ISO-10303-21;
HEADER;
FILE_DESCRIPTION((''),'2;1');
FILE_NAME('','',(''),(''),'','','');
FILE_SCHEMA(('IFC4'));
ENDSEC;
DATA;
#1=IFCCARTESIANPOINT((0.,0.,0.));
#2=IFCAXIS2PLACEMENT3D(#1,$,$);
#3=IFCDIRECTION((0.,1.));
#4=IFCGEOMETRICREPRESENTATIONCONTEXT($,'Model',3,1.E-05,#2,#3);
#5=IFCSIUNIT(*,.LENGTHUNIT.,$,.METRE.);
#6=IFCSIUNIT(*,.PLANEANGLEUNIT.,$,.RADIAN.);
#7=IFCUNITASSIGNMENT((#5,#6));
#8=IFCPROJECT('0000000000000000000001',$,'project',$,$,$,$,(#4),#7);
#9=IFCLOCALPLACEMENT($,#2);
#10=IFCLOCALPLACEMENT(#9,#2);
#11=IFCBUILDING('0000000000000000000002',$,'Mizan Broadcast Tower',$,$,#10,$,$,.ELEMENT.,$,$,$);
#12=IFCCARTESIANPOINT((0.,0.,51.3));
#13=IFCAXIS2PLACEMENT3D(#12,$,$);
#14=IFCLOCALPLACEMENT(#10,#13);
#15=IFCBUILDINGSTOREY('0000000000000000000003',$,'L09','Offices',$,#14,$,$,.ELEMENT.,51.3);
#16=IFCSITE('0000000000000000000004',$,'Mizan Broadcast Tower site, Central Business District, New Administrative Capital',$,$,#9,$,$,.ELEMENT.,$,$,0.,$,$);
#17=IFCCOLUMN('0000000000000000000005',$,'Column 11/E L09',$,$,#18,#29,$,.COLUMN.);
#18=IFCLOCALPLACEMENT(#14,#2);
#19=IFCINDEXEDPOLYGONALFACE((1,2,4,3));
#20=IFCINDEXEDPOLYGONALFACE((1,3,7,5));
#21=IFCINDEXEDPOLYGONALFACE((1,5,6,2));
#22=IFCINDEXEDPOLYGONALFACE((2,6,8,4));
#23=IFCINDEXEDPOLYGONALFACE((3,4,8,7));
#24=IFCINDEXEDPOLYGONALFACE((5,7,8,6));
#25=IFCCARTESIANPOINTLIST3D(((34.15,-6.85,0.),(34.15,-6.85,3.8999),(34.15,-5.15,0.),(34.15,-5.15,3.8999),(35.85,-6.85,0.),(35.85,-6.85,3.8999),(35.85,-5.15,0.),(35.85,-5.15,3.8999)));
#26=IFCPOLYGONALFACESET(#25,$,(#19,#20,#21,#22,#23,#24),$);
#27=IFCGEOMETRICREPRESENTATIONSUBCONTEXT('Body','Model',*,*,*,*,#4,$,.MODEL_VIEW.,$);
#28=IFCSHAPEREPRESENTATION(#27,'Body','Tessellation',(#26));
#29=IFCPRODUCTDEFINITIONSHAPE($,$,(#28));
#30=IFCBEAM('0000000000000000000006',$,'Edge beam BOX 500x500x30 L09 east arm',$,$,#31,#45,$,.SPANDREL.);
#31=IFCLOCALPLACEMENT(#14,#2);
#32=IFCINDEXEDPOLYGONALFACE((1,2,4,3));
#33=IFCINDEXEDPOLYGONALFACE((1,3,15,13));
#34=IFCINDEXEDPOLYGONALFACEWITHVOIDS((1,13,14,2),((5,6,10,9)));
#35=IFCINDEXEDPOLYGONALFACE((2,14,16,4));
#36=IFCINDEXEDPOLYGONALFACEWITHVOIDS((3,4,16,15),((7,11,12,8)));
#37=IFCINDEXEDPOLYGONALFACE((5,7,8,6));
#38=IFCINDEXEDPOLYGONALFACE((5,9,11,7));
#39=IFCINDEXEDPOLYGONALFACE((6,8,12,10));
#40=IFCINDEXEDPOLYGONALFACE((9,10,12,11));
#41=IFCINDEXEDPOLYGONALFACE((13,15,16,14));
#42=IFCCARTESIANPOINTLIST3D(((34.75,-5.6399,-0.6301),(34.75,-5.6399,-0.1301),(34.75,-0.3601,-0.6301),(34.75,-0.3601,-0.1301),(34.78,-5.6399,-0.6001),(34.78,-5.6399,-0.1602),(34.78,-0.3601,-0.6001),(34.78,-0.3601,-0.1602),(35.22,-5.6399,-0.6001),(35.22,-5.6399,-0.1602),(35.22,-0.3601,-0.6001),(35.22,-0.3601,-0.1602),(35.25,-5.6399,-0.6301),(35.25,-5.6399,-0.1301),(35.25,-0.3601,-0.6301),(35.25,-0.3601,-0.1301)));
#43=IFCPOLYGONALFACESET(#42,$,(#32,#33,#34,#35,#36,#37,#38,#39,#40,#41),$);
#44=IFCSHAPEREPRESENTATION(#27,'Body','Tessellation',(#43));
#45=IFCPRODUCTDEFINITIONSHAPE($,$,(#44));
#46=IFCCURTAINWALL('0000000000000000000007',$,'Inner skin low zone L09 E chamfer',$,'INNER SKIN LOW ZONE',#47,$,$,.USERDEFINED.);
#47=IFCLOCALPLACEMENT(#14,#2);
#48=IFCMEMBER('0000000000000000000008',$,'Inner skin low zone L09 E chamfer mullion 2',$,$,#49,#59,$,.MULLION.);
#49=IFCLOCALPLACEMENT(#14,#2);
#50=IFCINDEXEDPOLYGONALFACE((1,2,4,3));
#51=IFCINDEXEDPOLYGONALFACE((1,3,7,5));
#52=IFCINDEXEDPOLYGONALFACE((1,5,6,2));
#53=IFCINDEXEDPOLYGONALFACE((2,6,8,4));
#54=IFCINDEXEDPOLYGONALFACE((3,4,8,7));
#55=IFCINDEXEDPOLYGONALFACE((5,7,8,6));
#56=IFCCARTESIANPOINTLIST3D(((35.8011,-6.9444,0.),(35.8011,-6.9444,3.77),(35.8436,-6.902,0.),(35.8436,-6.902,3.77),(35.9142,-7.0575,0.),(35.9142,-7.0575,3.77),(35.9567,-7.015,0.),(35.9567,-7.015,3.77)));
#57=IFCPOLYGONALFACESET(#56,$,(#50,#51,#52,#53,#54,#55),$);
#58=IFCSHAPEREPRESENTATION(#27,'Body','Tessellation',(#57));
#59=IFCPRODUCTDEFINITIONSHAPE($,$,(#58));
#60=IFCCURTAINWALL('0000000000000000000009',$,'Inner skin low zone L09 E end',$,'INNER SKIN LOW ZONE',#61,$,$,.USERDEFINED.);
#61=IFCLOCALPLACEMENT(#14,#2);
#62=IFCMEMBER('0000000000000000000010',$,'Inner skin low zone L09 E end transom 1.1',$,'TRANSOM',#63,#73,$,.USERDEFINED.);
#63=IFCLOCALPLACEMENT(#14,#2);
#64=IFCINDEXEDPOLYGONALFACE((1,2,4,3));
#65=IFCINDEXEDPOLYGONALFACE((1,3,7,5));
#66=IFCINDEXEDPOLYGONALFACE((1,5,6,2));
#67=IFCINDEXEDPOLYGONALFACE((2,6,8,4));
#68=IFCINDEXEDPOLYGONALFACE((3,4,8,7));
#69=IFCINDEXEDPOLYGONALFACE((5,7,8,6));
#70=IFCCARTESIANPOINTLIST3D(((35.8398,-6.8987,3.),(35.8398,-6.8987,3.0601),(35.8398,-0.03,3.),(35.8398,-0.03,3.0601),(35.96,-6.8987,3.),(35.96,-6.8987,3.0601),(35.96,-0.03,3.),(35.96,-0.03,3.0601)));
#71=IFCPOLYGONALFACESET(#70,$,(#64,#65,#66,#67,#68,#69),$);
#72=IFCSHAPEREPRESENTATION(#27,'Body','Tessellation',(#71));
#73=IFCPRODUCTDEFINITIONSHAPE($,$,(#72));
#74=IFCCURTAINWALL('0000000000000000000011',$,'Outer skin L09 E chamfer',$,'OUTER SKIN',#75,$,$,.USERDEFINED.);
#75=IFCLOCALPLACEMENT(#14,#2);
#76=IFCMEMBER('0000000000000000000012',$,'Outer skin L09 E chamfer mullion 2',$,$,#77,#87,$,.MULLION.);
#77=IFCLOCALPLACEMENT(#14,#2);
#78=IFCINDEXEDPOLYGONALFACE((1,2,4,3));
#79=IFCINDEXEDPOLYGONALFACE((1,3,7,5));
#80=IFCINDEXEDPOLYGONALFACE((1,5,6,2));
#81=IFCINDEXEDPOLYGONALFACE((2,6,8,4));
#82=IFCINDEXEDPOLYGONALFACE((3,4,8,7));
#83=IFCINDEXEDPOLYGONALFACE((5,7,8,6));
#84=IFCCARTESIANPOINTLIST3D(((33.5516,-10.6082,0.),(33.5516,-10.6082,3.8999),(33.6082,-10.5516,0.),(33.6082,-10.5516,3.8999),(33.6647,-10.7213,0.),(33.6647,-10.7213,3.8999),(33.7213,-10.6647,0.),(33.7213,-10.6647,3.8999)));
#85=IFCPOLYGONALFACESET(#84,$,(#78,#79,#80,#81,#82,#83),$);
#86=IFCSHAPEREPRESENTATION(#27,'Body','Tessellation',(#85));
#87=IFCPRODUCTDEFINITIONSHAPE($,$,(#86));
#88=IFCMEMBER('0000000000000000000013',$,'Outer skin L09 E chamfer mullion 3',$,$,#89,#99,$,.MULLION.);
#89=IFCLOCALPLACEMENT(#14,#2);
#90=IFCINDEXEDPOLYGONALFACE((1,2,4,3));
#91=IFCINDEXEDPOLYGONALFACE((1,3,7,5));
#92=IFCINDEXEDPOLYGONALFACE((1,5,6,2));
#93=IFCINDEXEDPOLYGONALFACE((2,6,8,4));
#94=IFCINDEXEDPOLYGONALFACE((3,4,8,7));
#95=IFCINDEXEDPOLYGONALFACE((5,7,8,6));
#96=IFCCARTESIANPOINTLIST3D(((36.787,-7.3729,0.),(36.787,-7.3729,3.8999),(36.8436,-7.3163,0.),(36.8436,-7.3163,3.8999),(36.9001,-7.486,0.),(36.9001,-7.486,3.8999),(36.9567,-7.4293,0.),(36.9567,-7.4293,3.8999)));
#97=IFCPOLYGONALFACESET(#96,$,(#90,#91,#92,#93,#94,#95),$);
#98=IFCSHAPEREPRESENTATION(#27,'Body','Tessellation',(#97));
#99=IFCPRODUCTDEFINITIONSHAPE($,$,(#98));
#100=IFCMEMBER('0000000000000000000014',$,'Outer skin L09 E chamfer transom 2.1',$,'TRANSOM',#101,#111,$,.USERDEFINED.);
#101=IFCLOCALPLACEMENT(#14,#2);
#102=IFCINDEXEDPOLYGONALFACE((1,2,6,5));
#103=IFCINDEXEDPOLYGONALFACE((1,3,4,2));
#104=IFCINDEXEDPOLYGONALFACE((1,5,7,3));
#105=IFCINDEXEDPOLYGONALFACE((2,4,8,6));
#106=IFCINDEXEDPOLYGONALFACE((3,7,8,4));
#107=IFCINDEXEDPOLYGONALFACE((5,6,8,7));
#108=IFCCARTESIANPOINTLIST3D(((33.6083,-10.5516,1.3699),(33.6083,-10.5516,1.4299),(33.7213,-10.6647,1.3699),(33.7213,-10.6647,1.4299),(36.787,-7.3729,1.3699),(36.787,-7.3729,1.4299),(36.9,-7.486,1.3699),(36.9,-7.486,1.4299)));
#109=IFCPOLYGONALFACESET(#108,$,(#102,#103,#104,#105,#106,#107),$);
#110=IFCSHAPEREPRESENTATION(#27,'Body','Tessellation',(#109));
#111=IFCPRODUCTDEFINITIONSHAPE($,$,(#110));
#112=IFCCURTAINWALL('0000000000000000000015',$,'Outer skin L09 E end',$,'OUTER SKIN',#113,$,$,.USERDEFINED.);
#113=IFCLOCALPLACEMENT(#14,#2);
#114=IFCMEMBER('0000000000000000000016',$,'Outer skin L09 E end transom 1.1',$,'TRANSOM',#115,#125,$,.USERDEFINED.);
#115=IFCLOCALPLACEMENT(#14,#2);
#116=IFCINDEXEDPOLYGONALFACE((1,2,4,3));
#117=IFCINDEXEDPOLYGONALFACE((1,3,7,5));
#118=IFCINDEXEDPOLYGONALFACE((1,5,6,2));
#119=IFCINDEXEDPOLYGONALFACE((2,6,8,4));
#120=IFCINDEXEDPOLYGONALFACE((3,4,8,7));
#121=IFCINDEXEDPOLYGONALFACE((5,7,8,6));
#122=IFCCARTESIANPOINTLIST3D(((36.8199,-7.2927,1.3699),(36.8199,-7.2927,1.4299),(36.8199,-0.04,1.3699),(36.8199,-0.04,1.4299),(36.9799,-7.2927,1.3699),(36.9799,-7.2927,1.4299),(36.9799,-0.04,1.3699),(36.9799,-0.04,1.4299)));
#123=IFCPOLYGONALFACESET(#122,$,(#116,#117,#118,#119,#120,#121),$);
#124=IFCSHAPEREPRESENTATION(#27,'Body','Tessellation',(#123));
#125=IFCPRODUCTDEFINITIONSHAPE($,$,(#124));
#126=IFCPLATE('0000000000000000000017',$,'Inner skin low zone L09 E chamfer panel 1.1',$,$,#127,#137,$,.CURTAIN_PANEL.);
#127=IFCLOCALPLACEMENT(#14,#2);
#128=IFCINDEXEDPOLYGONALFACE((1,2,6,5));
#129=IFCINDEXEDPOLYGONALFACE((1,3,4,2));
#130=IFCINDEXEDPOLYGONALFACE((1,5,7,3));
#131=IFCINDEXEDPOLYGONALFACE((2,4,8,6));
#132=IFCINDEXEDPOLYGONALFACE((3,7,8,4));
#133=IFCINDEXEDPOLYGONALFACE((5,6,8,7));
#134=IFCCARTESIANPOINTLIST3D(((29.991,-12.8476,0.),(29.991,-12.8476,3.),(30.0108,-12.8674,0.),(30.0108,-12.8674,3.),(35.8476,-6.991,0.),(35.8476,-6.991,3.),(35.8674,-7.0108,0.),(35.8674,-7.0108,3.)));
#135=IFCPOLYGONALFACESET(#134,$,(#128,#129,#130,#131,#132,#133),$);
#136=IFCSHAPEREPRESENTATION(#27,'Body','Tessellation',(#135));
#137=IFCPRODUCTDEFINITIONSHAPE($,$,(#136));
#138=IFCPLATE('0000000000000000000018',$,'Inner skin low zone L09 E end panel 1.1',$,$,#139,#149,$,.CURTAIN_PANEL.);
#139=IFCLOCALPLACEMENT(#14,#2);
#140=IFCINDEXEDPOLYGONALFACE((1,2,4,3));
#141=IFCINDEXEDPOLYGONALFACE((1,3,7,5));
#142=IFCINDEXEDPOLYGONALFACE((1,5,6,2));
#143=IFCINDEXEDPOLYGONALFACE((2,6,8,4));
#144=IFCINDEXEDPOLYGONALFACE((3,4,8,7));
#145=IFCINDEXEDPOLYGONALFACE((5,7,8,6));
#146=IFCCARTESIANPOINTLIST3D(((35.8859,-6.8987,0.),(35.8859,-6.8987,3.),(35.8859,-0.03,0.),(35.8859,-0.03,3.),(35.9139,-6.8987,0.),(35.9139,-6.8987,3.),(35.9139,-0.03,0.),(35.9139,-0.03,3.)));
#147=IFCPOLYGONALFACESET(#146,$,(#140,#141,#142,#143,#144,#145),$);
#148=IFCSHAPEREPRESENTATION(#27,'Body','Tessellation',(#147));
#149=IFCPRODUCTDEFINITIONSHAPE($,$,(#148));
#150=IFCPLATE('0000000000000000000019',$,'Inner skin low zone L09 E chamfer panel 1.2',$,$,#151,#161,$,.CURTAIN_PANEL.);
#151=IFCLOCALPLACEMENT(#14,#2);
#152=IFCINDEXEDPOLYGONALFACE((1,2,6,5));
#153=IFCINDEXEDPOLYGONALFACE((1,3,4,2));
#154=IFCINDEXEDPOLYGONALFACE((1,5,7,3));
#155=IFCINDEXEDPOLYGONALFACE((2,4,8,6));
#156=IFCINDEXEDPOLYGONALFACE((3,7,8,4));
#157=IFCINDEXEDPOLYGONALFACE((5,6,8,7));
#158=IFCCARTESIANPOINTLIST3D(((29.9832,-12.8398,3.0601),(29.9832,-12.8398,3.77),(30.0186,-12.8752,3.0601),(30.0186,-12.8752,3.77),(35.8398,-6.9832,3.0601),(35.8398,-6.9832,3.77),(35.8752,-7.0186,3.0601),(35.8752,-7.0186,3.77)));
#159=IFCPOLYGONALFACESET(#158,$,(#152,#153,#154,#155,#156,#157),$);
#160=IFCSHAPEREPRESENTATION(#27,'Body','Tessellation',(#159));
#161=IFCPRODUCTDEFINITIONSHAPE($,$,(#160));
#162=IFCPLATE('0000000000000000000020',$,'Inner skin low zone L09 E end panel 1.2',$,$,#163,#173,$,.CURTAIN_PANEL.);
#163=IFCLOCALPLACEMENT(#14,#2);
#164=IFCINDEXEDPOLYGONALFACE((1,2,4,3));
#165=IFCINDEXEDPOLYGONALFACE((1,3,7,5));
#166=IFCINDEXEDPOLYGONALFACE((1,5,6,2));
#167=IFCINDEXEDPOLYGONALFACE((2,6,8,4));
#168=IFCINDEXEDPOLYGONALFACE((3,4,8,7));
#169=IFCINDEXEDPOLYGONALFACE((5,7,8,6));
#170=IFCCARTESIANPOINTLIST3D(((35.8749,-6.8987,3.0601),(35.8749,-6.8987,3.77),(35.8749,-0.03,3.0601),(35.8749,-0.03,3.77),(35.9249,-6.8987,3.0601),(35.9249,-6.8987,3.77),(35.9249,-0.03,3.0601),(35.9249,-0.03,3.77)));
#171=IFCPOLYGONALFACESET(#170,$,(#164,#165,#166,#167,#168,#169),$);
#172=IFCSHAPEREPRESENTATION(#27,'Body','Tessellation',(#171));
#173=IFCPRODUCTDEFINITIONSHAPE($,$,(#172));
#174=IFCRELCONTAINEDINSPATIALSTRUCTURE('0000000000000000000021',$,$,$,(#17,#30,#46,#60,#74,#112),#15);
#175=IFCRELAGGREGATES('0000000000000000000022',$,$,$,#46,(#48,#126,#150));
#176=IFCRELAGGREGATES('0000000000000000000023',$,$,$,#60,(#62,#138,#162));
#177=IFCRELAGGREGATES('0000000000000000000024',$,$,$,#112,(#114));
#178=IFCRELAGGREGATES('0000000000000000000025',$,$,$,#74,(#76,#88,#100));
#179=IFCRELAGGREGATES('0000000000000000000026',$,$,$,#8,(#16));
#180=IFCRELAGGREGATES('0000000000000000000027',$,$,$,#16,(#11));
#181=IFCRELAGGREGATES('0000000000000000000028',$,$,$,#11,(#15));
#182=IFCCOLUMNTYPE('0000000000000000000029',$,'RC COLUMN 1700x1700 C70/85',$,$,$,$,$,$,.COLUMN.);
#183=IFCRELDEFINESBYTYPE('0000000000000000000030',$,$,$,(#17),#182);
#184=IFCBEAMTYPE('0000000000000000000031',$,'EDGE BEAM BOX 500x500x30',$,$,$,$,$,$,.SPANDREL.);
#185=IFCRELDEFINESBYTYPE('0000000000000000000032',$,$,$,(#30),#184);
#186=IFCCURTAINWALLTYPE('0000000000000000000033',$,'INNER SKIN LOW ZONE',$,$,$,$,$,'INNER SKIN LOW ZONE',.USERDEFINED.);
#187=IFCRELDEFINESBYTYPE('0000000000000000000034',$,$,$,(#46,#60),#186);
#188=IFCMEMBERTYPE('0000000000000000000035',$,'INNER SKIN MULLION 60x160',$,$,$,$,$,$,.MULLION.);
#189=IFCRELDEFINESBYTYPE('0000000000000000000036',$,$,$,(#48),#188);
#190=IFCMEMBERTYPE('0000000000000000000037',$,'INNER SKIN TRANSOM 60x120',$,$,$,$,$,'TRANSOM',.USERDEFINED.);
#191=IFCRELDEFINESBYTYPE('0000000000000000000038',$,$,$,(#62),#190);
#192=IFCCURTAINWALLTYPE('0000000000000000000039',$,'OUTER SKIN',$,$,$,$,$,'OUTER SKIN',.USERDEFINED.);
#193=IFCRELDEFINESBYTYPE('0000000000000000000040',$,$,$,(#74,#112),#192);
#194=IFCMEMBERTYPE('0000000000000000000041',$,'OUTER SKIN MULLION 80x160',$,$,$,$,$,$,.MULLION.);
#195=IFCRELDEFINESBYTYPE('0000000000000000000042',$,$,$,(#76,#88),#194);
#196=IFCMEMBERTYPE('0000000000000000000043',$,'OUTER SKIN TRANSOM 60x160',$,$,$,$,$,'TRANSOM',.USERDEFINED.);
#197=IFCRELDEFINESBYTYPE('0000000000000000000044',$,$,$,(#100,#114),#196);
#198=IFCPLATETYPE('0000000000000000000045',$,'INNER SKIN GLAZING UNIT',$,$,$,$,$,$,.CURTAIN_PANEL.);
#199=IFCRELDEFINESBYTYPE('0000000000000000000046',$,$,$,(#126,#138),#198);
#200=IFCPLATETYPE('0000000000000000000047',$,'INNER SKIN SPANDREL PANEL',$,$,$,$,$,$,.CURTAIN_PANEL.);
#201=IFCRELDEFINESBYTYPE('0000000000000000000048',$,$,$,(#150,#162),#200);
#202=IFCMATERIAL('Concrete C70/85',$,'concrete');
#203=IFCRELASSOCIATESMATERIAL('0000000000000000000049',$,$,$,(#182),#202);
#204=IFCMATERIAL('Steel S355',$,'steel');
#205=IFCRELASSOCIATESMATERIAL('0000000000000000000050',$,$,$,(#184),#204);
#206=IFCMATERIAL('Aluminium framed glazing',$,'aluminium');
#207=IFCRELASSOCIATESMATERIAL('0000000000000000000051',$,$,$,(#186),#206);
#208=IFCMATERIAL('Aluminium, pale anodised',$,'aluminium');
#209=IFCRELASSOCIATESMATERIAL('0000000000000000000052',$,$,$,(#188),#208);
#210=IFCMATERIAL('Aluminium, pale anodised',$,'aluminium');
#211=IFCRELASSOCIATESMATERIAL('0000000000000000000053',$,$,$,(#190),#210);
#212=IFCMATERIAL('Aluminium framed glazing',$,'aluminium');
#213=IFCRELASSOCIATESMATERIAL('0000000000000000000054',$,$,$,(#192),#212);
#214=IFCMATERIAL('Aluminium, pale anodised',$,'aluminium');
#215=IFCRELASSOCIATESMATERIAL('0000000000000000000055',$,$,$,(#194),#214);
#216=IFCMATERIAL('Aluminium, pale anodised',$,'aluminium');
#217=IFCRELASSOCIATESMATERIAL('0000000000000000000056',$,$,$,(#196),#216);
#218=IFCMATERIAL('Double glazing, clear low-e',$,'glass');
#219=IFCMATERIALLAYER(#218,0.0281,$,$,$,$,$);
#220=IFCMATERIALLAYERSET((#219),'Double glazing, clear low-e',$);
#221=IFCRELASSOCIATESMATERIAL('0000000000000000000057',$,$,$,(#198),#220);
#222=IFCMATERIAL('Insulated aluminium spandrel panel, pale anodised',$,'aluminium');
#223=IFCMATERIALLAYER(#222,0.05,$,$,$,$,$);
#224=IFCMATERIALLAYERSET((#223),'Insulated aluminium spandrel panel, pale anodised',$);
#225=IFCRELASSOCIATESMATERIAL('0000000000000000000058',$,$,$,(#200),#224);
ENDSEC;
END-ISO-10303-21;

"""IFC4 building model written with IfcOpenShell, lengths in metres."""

from ifc_helpers import new_model, si_unit, direction, frame, origin, origin_2d, place, context, subcontext, project, spatial, rectangle, hollow_rectangle, extrude, material, layer, layer_set, material_profile, profile_set, type_object, element, aggregate, save


model = new_model("IFC4")

# Units and contexts
model_context = context("Model", 3, precision=1e-05, world=origin(), true_north=direction((0.0, 1.0)))
body_context = subcontext(model_context, "Body", "Model", "MODEL_VIEW")
ifc_project = project(units=[si_unit("LENGTHUNIT", "METRE"), si_unit("PLANEANGLEUNIT", "RADIAN")], contexts=[model_context])

# Site, building, storey
site_placement = place(None, origin())
site = spatial("IfcSite", under=ifc_project, at=site_placement, Name="Mizan Broadcast Tower site, Central Business District, New Administrative Capital", CompositionType="ELEMENT", RefElevation=0.0)
building_placement = place(site_placement, origin())
building = spatial("IfcBuilding", under=site, at=building_placement, Name="Mizan Broadcast Tower", CompositionType="ELEMENT")
storey_placement = place(building_placement, frame((0.0, 0.0, 51.3)))
storey = spatial("IfcBuildingStorey", under=building, at=storey_placement, Name="L09", Description="Offices", CompositionType="ELEMENT", Elevation=51.3)

# Column
ifc_material_1 = material(Name="Concrete C70/85", Category="concrete")
ifc_material_profile_1 = material_profile(ifc_material_1, rectangle(XDim=1.7, YDim=1.7, at=origin_2d()), Name="RC 1700x1700")
ifc_profile_set_1 = profile_set([ifc_material_profile_1], Name="Concrete C70/85")
column_type = type_object("IfcColumnType", Name="RC COLUMN 1700x1700 C70/85", PredefinedType="COLUMN", material=ifc_profile_set_1)
column_placement = place(storey_placement, frame((35.0, -6.0, 0.0), z_axis=(0.0, 0.0, 1.0), x_axis=(1.0, 0.0, 0.0)))
element("IfcColumn", 1, at=column_placement, inside=storey, type_object=column_type, Name="Column 11/E L09", PredefinedType="COLUMN", context=body_context, shape_type="SweptSolid", body=[
    extrude(rectangle(XDim=1.7, YDim=1.7, at=origin_2d()), origin(), (0.0, 0.0, 1.0), 3.8999),
])

# Beam
ifc_material_2 = material(Name="Steel S355", Category="steel")
ifc_material_profile_2 = material_profile(ifc_material_2, hollow_rectangle(XDim=0.5, YDim=0.5, WallThickness=0.03, at=origin_2d()), Name="BOX 500x500x30")
ifc_profile_set_2 = profile_set([ifc_material_profile_2], Name="Steel S355")
beam_type = type_object("IfcBeamType", Name="EDGE BEAM BOX 500x500x30", PredefinedType="SPANDREL", material=ifc_profile_set_2)
beam_placement = place(storey_placement, frame((35.0, -5.6399, -0.3801), z_axis=(0.0, 1.0, 0.0), x_axis=(-1.0, 0.0, 0.0)))
element("IfcBeam", 2, at=beam_placement, inside=storey, type_object=beam_type, Name="Edge beam BOX 500x500x30 L09 east arm", PredefinedType="SPANDREL", context=body_context, shape_type="SweptSolid", body=[
    extrude(hollow_rectangle(XDim=0.5, YDim=0.5, WallThickness=0.03, at=origin_2d()), origin(), (0.0, 0.0, 1.0), 5.2798),
])

# Curtain walls, members
ifc_material_3 = material(Name="Aluminium framed glazing", Category="aluminium")
curtain_wall_type_1 = type_object("IfcCurtainWallType", Name="INNER SKIN LOW ZONE", ElementType="INNER SKIN LOW ZONE", PredefinedType="USERDEFINED", material=ifc_material_3)
curtain_wall_1_placement = place(storey_placement, origin())
curtain_wall_1 = element("IfcCurtainWall", 3, at=curtain_wall_1_placement, inside=storey, type_object=curtain_wall_type_1, Name="Inner skin low zone L09 E chamfer", ObjectType="INNER SKIN LOW ZONE", PredefinedType="USERDEFINED")
ifc_material_4 = material(Name="Aluminium, pale anodised", Category="aluminium")
ifc_material_profile_3 = material_profile(ifc_material_4, rectangle(XDim=0.1599, YDim=0.0601, at=origin_2d()), Name="MULLION 160x60")
ifc_profile_set_3 = profile_set([ifc_material_profile_3], Name="Aluminium, pale anodised")
member_type_1 = type_object("IfcMemberType", Name="INNER SKIN MULLION 60x160", PredefinedType="MULLION", material=ifc_profile_set_3)
member_1_placement = place(storey_placement, frame((35.8789, -6.9797, 0.0), z_axis=(0.0, 0.0, 1.0), x_axis=(-0.707107, 0.707107, 0.0)))
member_1 = element("IfcMember", 4, at=member_1_placement, type_object=member_type_1, Name="Inner skin low zone L09 E chamfer mullion 2", PredefinedType="MULLION", context=body_context, shape_type="SweptSolid", body=[
    extrude(rectangle(XDim=0.1599, YDim=0.0601, at=origin_2d()), origin(), (0.0, 0.0, 1.0), 3.77),
])
curtain_wall_2_placement = place(storey_placement, origin())
curtain_wall_2 = element("IfcCurtainWall", 5, at=curtain_wall_2_placement, inside=storey, type_object=curtain_wall_type_1, Name="Inner skin low zone L09 E end", ObjectType="INNER SKIN LOW ZONE", PredefinedType="USERDEFINED")
ifc_material_5 = material(Name="Aluminium, pale anodised", Category="aluminium")
ifc_material_profile_4 = material_profile(ifc_material_5, rectangle(XDim=0.1201, YDim=0.0601, at=origin_2d()), Name="TRANSOM 120x60")
ifc_profile_set_4 = profile_set([ifc_material_profile_4], Name="Aluminium, pale anodised")
member_type_2 = type_object("IfcMemberType", Name="INNER SKIN TRANSOM 60x120", ElementType="TRANSOM", PredefinedType="USERDEFINED", material=ifc_profile_set_4)
member_2_placement = place(storey_placement, frame((35.8999, -6.8987, 3.03), z_axis=(0.0, 1.0, 0.0), x_axis=(-1.0, 0.0, 0.0)))
member_2 = element("IfcMember", 6, at=member_2_placement, type_object=member_type_2, Name="Inner skin low zone L09 E end transom 1.1", ObjectType="TRANSOM", PredefinedType="USERDEFINED", context=body_context, shape_type="SweptSolid", body=[
    extrude(rectangle(XDim=0.1201, YDim=0.0601, at=origin_2d()), origin(), (0.0, 0.0, 1.0), 6.8687),
])

# Curtain wall, members
ifc_material_6 = material(Name="Aluminium framed glazing", Category="aluminium")
curtain_wall_type_2 = type_object("IfcCurtainWallType", Name="OUTER SKIN", ElementType="OUTER SKIN", PredefinedType="USERDEFINED", material=ifc_material_6)
curtain_wall_3_placement = place(storey_placement, origin())
curtain_wall_3 = element("IfcCurtainWall", 7, at=curtain_wall_3_placement, inside=storey, type_object=curtain_wall_type_2, Name="Outer skin L09 E chamfer", ObjectType="OUTER SKIN", PredefinedType="USERDEFINED")
ifc_material_7 = material(Name="Aluminium, pale anodised", Category="aluminium")
ifc_material_profile_5 = material_profile(ifc_material_7, rectangle(XDim=0.1599, YDim=0.0801, at=origin_2d()), Name="MULLION 160x80")
ifc_profile_set_5 = profile_set([ifc_material_profile_5], Name="Aluminium, pale anodised")
member_type_3 = type_object("IfcMemberType", Name="OUTER SKIN MULLION 80x160", PredefinedType="MULLION", material=ifc_profile_set_5)
member_3_placement = place(storey_placement, frame((33.6365, -10.6365, 0.0), z_axis=(0.0, 0.0, 1.0), x_axis=(-0.707107, 0.707107, 0.0)))
member_3 = element("IfcMember", 8, at=member_3_placement, type_object=member_type_3, Name="Outer skin L09 E chamfer mullion 2", PredefinedType="MULLION", context=body_context, shape_type="SweptSolid", body=[
    extrude(rectangle(XDim=0.1599, YDim=0.0801, at=origin_2d()), origin(), (0.0, 0.0, 1.0), 3.8999),
])
member_4_placement = place(storey_placement, frame((36.8718, -7.4011, 0.0), z_axis=(0.0, 0.0, 1.0), x_axis=(-0.707107, 0.707107, 0.0)))
member_4 = element("IfcMember", 9, at=member_4_placement, type_object=member_type_3, Name="Outer skin L09 E chamfer mullion 3", PredefinedType="MULLION", context=body_context, shape_type="SweptSolid", body=[
    extrude(rectangle(XDim=0.1599, YDim=0.0801, at=origin_2d()), origin(), (0.0, 0.0, 1.0), 3.8999),
])
ifc_material_8 = material(Name="Aluminium, pale anodised", Category="aluminium")
ifc_material_profile_6 = material_profile(ifc_material_8, rectangle(XDim=0.1599, YDim=0.0601, at=origin_2d()), Name="TRANSOM 160x60")
ifc_profile_set_6 = profile_set([ifc_material_profile_6], Name="Aluminium, pale anodised")
member_type_4 = type_object("IfcMemberType", Name="OUTER SKIN TRANSOM 60x160", ElementType="TRANSOM", PredefinedType="USERDEFINED", material=ifc_profile_set_6)
member_5_placement = place(storey_placement, frame((33.6648, -10.6082, 1.3999), z_axis=(0.707107, 0.707107, 0.0), x_axis=(-0.707107, 0.707107, 0.0)))
member_5 = element("IfcMember", 10, at=member_5_placement, type_object=member_type_4, Name="Outer skin L09 E chamfer transom 2.1", ObjectType="TRANSOM", PredefinedType="USERDEFINED", context=body_context, shape_type="SweptSolid", body=[
    extrude(rectangle(XDim=0.1599, YDim=0.0601, at=origin_2d()), origin(), (0.0, 0.0, 1.0), 4.4954),
])

# Curtain wall, member
curtain_wall_4_placement = place(storey_placement, origin())
curtain_wall_4 = element("IfcCurtainWall", 11, at=curtain_wall_4_placement, inside=storey, type_object=curtain_wall_type_2, Name="Outer skin L09 E end", ObjectType="OUTER SKIN", PredefinedType="USERDEFINED")
member_6_placement = place(storey_placement, frame((36.8999, -7.2927, 1.3999), z_axis=(0.0, 1.0, 0.0), x_axis=(-1.0, 0.0, 0.0)))
member_6 = element("IfcMember", 12, at=member_6_placement, type_object=member_type_4, Name="Outer skin L09 E end transom 1.1", ObjectType="TRANSOM", PredefinedType="USERDEFINED", context=body_context, shape_type="SweptSolid", body=[
    extrude(rectangle(XDim=0.1599, YDim=0.0601, at=origin_2d()), origin(), (0.0, 0.0, 1.0), 7.2527),
])

# Plates
ifc_material_9 = material(Name="Double glazing, clear low-e", Category="glass")
ifc_layer_1 = layer(ifc_material_9, 0.0281)
ifc_layer_set_1 = layer_set([ifc_layer_1], Name="Double glazing, clear low-e")
plate_type_1 = type_object("IfcPlateType", Name="INNER SKIN GLAZING UNIT", PredefinedType="CURTAIN_PANEL", material=ifc_layer_set_1)
plate_1_placement = place(storey_placement, frame((32.9292, -9.9292, 0.0), z_axis=(0.0, 0.0, 1.0), x_axis=(0.707107, 0.707107, 0.0)))
plate_1 = element("IfcPlate", 13, at=plate_1_placement, type_object=plate_type_1, Name="Inner skin low zone L09 E chamfer panel 1.1", PredefinedType="CURTAIN_PANEL", context=body_context, shape_type="SweptSolid", body=[
    extrude(rectangle(XDim=8.2825, YDim=0.0281, at=origin_2d()), origin(), (0.0, 0.0, 1.0), 3.0),
])
plate_2_placement = place(storey_placement, frame((35.8999, -3.4644, 0.0), z_axis=(0.0, 0.0, 1.0), x_axis=(0.0, 1.0, 0.0)))
plate_2 = element("IfcPlate", 14, at=plate_2_placement, type_object=plate_type_1, Name="Inner skin low zone L09 E end panel 1.1", PredefinedType="CURTAIN_PANEL", context=body_context, shape_type="SweptSolid", body=[
    extrude(rectangle(XDim=6.8687, YDim=0.0281, at=origin_2d()), origin(), (0.0, 0.0, 1.0), 3.0),
])
ifc_material_10 = material(Name="Insulated aluminium spandrel panel, pale anodised", Category="aluminium")
ifc_layer_2 = layer(ifc_material_10, 0.05)
ifc_layer_set_2 = layer_set([ifc_layer_2], Name="Insulated aluminium spandrel panel, pale anodised")
plate_type_2 = type_object("IfcPlateType", Name="INNER SKIN SPANDREL PANEL", PredefinedType="CURTAIN_PANEL", material=ifc_layer_set_2)
plate_3_placement = place(storey_placement, frame((32.9292, -9.9292, 3.0601), z_axis=(0.0, 0.0, 1.0), x_axis=(0.707107, 0.707107, 0.0)))
plate_3 = element("IfcPlate", 15, at=plate_3_placement, type_object=plate_type_2, Name="Inner skin low zone L09 E chamfer panel 1.2", PredefinedType="CURTAIN_PANEL", context=body_context, shape_type="SweptSolid", body=[
    extrude(rectangle(XDim=8.2825, YDim=0.05, at=origin_2d()), origin(), (0.0, 0.0, 1.0), 0.71),
])
aggregate(curtain_wall_1, [member_1, plate_1, plate_3])
plate_4_placement = place(storey_placement, frame((35.8999, -3.4644, 3.0601), z_axis=(0.0, 0.0, 1.0), x_axis=(0.0, 1.0, 0.0)))
plate_4 = element("IfcPlate", 16, at=plate_4_placement, type_object=plate_type_2, Name="Inner skin low zone L09 E end panel 1.2", PredefinedType="CURTAIN_PANEL", context=body_context, shape_type="SweptSolid", body=[
    extrude(rectangle(XDim=6.8687, YDim=0.05, at=origin_2d()), origin(), (0.0, 0.0, 1.0), 0.71),
])
aggregate(curtain_wall_2, [member_2, plate_2, plate_4])
aggregate(curtain_wall_4, [member_6])
aggregate(curtain_wall_3, [member_3, member_4, member_5])

save(model, "model.ifc")
